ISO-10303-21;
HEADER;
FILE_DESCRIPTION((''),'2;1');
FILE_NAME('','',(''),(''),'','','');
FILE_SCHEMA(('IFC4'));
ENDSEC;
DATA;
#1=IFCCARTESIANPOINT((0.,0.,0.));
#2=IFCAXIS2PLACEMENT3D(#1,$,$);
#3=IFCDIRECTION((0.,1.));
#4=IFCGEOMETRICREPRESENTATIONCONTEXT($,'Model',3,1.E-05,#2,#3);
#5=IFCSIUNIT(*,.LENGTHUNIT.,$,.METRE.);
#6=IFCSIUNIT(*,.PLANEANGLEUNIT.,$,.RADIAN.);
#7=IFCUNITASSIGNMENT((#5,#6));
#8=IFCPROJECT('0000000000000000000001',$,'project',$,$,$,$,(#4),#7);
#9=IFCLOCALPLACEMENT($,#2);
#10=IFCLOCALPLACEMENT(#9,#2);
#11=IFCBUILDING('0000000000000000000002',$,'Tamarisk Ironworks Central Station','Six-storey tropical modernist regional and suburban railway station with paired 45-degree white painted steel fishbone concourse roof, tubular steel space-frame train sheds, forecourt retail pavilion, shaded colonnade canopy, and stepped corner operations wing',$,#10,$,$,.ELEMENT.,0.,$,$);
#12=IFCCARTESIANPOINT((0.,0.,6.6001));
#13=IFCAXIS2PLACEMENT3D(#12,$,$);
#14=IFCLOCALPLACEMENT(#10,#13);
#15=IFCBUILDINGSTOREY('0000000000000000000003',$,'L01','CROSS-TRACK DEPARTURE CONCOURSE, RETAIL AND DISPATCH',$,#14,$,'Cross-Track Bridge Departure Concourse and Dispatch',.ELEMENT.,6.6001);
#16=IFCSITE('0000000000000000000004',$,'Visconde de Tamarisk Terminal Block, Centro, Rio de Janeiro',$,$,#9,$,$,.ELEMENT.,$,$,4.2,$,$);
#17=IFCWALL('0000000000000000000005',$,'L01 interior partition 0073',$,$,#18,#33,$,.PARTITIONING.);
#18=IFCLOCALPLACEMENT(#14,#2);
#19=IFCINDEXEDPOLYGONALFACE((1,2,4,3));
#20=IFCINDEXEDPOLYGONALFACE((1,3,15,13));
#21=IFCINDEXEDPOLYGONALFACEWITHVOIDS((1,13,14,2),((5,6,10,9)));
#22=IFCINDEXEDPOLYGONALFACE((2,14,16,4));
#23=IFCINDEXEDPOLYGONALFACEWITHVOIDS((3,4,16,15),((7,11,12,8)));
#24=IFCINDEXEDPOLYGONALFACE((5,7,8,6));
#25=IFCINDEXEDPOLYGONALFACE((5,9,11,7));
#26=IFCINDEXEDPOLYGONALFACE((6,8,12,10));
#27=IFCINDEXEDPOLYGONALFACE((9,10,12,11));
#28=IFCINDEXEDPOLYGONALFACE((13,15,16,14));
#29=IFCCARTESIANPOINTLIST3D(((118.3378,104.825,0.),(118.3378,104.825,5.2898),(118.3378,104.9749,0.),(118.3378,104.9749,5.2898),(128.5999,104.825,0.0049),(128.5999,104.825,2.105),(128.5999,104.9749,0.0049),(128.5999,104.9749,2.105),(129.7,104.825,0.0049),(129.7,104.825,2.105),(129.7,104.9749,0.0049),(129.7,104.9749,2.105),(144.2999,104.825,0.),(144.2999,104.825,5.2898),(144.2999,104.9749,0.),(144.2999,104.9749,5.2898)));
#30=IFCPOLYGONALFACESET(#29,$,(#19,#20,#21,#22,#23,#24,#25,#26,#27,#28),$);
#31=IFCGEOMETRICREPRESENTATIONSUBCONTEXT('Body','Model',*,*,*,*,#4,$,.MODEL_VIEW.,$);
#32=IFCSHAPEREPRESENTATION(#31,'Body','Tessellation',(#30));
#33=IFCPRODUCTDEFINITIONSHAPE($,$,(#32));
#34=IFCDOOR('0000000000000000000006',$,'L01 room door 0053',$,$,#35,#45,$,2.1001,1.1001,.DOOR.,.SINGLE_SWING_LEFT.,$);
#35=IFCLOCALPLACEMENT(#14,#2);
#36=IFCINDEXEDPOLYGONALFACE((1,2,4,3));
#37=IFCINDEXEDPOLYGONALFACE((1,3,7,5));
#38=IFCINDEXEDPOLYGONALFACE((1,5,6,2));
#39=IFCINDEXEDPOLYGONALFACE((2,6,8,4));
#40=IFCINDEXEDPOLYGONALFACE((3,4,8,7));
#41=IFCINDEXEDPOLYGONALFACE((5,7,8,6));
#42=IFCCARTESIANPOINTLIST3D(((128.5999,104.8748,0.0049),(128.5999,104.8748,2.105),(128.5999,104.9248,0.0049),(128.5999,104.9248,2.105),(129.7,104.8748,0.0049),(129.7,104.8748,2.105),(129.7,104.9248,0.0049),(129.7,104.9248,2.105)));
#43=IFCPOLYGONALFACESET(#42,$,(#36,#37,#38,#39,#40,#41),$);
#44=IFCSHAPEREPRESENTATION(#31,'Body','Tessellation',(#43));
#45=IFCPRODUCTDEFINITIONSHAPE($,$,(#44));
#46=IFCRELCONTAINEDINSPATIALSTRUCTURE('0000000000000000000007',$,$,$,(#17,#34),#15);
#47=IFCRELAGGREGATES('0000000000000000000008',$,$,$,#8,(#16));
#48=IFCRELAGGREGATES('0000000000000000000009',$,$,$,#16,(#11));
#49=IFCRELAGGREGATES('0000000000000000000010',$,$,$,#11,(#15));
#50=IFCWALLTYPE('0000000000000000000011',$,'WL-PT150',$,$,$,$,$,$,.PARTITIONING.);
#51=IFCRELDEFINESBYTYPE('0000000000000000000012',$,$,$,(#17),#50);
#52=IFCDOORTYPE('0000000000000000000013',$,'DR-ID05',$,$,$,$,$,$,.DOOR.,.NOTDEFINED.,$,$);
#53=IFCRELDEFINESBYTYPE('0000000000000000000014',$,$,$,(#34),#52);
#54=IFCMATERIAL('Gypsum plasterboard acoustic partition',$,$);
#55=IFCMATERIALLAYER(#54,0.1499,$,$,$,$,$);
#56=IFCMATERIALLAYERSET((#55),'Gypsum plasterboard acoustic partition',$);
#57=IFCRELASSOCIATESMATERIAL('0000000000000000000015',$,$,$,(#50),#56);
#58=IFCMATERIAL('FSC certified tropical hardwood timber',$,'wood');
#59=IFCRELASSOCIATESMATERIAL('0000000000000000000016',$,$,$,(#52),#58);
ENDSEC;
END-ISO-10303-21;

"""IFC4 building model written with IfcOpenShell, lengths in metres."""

from ifc_helpers import new_model, si_unit, direction, frame, frame_2d, origin, place, context, subcontext, project, spatial, rectangle, extrude, material, layer, layer_set, type_object, element, fill, save


model = new_model("IFC4")

# Units and contexts
model_context = context("Model", 3, precision=1e-05, world=origin(), true_north=direction((0.0, 1.0)))
body_context = subcontext(model_context, "Body", "Model", "MODEL_VIEW")
ifc_project = project(units=[si_unit("LENGTHUNIT", "METRE"), si_unit("PLANEANGLEUNIT", "RADIAN")], contexts=[model_context])

# Site, building, storey
site_placement = place(None, origin())
site = spatial("IfcSite", under=ifc_project, at=site_placement, Name="Visconde de Tamarisk Terminal Block, Centro, Rio de Janeiro", CompositionType="ELEMENT", RefElevation=4.2)
building_placement = place(site_placement, origin())
building = spatial("IfcBuilding", under=site, at=building_placement, Name="Tamarisk Ironworks Central Station", Description="Six-storey tropical modernist regional and suburban railway station with paired 45-degree white painted steel fishbone concourse roof, tubular steel space-frame train sheds, forecourt retail pavilion, shaded colonnade canopy, and stepped corner operations wing", CompositionType="ELEMENT", ElevationOfRefHeight=0.0)
storey_placement = place(building_placement, frame((0.0, 0.0, 6.6001)))
storey = spatial("IfcBuildingStorey", under=building, at=storey_placement, Name="L01", Description="CROSS-TRACK DEPARTURE CONCOURSE, RETAIL AND DISPATCH", LongName="Cross-Track Bridge Departure Concourse and Dispatch", CompositionType="ELEMENT", Elevation=6.6001)

# Shared definitions
ifc_material_1 = material(Name="Gypsum plasterboard acoustic partition")

# Wall, opening, door
ifc_layer_1 = layer(ifc_material_1, 0.1499)
ifc_layer_set_1 = layer_set([ifc_layer_1], Name="Gypsum plasterboard acoustic partition")
wall_type_1 = type_object("IfcWallType", Name="WL-PT150", PredefinedType="PARTITIONING", material=ifc_layer_set_1)
wall_1_placement = place(storey_placement, frame((118.3379, 104.8999, 0.0), z_axis=(0.0, 0.0, 1.0), x_axis=(1.0, 0.0, 0.0)))
wall_1 = element("IfcWall", 1, at=wall_1_placement, inside=storey, type_object=wall_type_1, Name="L01 interior partition 0073", PredefinedType="PARTITIONING", context=body_context, shape_type="SweptSolid", body=[
    extrude(rectangle(XDim=25.9622, YDim=0.1499, at=frame_2d((12.981, 0.0))), origin(), (0.0, 0.0, 1.0), 5.2898),
])
opening_1_placement = place(wall_1_placement, frame((10.262, 0.0, 0.0049)))
opening_1 = element("IfcOpeningElement", 2, at=opening_1_placement, cuts=wall_1, PredefinedType="OPENING", context=body_context, shape_type="SweptSolid", body=[
    extrude(rectangle(XDim=1.1001, YDim=2.1001, at=frame_2d((0.55, 1.05))), frame((0.0, 0.0869, 0.0), z_axis=(0.0, -1.0, 0.0), x_axis=(1.0, 0.0, 0.0)), (0.0, 0.0, 1.0), 0.1738),
])
ifc_material_2 = material(Name="FSC certified tropical hardwood timber", Category="wood")
door_type = type_object("IfcDoorType", Name="DR-ID05", OperationType="NOTDEFINED", PredefinedType="DOOR", material=ifc_material_2)
door_placement = place(opening_1_placement, origin())
door = element("IfcDoor", 3, at=door_placement, inside=storey, type_object=door_type, Name="L01 room door 0053", OperationType="SINGLE_SWING_LEFT", OverallHeight=2.1001, OverallWidth=1.1001, PredefinedType="DOOR", context=body_context, shape_type="SweptSolid", body=[
    extrude(rectangle(XDim=1.1001, YDim=2.1001, at=frame_2d((0.55, 1.05))), frame((0.0, 0.0249, 0.0), z_axis=(0.0, -1.0, 0.0), x_axis=(1.0, 0.0, 0.0)), (0.0, 0.0, 1.0), 0.05),
])
fill(opening_1, door)

save(model, "model.ifc")
